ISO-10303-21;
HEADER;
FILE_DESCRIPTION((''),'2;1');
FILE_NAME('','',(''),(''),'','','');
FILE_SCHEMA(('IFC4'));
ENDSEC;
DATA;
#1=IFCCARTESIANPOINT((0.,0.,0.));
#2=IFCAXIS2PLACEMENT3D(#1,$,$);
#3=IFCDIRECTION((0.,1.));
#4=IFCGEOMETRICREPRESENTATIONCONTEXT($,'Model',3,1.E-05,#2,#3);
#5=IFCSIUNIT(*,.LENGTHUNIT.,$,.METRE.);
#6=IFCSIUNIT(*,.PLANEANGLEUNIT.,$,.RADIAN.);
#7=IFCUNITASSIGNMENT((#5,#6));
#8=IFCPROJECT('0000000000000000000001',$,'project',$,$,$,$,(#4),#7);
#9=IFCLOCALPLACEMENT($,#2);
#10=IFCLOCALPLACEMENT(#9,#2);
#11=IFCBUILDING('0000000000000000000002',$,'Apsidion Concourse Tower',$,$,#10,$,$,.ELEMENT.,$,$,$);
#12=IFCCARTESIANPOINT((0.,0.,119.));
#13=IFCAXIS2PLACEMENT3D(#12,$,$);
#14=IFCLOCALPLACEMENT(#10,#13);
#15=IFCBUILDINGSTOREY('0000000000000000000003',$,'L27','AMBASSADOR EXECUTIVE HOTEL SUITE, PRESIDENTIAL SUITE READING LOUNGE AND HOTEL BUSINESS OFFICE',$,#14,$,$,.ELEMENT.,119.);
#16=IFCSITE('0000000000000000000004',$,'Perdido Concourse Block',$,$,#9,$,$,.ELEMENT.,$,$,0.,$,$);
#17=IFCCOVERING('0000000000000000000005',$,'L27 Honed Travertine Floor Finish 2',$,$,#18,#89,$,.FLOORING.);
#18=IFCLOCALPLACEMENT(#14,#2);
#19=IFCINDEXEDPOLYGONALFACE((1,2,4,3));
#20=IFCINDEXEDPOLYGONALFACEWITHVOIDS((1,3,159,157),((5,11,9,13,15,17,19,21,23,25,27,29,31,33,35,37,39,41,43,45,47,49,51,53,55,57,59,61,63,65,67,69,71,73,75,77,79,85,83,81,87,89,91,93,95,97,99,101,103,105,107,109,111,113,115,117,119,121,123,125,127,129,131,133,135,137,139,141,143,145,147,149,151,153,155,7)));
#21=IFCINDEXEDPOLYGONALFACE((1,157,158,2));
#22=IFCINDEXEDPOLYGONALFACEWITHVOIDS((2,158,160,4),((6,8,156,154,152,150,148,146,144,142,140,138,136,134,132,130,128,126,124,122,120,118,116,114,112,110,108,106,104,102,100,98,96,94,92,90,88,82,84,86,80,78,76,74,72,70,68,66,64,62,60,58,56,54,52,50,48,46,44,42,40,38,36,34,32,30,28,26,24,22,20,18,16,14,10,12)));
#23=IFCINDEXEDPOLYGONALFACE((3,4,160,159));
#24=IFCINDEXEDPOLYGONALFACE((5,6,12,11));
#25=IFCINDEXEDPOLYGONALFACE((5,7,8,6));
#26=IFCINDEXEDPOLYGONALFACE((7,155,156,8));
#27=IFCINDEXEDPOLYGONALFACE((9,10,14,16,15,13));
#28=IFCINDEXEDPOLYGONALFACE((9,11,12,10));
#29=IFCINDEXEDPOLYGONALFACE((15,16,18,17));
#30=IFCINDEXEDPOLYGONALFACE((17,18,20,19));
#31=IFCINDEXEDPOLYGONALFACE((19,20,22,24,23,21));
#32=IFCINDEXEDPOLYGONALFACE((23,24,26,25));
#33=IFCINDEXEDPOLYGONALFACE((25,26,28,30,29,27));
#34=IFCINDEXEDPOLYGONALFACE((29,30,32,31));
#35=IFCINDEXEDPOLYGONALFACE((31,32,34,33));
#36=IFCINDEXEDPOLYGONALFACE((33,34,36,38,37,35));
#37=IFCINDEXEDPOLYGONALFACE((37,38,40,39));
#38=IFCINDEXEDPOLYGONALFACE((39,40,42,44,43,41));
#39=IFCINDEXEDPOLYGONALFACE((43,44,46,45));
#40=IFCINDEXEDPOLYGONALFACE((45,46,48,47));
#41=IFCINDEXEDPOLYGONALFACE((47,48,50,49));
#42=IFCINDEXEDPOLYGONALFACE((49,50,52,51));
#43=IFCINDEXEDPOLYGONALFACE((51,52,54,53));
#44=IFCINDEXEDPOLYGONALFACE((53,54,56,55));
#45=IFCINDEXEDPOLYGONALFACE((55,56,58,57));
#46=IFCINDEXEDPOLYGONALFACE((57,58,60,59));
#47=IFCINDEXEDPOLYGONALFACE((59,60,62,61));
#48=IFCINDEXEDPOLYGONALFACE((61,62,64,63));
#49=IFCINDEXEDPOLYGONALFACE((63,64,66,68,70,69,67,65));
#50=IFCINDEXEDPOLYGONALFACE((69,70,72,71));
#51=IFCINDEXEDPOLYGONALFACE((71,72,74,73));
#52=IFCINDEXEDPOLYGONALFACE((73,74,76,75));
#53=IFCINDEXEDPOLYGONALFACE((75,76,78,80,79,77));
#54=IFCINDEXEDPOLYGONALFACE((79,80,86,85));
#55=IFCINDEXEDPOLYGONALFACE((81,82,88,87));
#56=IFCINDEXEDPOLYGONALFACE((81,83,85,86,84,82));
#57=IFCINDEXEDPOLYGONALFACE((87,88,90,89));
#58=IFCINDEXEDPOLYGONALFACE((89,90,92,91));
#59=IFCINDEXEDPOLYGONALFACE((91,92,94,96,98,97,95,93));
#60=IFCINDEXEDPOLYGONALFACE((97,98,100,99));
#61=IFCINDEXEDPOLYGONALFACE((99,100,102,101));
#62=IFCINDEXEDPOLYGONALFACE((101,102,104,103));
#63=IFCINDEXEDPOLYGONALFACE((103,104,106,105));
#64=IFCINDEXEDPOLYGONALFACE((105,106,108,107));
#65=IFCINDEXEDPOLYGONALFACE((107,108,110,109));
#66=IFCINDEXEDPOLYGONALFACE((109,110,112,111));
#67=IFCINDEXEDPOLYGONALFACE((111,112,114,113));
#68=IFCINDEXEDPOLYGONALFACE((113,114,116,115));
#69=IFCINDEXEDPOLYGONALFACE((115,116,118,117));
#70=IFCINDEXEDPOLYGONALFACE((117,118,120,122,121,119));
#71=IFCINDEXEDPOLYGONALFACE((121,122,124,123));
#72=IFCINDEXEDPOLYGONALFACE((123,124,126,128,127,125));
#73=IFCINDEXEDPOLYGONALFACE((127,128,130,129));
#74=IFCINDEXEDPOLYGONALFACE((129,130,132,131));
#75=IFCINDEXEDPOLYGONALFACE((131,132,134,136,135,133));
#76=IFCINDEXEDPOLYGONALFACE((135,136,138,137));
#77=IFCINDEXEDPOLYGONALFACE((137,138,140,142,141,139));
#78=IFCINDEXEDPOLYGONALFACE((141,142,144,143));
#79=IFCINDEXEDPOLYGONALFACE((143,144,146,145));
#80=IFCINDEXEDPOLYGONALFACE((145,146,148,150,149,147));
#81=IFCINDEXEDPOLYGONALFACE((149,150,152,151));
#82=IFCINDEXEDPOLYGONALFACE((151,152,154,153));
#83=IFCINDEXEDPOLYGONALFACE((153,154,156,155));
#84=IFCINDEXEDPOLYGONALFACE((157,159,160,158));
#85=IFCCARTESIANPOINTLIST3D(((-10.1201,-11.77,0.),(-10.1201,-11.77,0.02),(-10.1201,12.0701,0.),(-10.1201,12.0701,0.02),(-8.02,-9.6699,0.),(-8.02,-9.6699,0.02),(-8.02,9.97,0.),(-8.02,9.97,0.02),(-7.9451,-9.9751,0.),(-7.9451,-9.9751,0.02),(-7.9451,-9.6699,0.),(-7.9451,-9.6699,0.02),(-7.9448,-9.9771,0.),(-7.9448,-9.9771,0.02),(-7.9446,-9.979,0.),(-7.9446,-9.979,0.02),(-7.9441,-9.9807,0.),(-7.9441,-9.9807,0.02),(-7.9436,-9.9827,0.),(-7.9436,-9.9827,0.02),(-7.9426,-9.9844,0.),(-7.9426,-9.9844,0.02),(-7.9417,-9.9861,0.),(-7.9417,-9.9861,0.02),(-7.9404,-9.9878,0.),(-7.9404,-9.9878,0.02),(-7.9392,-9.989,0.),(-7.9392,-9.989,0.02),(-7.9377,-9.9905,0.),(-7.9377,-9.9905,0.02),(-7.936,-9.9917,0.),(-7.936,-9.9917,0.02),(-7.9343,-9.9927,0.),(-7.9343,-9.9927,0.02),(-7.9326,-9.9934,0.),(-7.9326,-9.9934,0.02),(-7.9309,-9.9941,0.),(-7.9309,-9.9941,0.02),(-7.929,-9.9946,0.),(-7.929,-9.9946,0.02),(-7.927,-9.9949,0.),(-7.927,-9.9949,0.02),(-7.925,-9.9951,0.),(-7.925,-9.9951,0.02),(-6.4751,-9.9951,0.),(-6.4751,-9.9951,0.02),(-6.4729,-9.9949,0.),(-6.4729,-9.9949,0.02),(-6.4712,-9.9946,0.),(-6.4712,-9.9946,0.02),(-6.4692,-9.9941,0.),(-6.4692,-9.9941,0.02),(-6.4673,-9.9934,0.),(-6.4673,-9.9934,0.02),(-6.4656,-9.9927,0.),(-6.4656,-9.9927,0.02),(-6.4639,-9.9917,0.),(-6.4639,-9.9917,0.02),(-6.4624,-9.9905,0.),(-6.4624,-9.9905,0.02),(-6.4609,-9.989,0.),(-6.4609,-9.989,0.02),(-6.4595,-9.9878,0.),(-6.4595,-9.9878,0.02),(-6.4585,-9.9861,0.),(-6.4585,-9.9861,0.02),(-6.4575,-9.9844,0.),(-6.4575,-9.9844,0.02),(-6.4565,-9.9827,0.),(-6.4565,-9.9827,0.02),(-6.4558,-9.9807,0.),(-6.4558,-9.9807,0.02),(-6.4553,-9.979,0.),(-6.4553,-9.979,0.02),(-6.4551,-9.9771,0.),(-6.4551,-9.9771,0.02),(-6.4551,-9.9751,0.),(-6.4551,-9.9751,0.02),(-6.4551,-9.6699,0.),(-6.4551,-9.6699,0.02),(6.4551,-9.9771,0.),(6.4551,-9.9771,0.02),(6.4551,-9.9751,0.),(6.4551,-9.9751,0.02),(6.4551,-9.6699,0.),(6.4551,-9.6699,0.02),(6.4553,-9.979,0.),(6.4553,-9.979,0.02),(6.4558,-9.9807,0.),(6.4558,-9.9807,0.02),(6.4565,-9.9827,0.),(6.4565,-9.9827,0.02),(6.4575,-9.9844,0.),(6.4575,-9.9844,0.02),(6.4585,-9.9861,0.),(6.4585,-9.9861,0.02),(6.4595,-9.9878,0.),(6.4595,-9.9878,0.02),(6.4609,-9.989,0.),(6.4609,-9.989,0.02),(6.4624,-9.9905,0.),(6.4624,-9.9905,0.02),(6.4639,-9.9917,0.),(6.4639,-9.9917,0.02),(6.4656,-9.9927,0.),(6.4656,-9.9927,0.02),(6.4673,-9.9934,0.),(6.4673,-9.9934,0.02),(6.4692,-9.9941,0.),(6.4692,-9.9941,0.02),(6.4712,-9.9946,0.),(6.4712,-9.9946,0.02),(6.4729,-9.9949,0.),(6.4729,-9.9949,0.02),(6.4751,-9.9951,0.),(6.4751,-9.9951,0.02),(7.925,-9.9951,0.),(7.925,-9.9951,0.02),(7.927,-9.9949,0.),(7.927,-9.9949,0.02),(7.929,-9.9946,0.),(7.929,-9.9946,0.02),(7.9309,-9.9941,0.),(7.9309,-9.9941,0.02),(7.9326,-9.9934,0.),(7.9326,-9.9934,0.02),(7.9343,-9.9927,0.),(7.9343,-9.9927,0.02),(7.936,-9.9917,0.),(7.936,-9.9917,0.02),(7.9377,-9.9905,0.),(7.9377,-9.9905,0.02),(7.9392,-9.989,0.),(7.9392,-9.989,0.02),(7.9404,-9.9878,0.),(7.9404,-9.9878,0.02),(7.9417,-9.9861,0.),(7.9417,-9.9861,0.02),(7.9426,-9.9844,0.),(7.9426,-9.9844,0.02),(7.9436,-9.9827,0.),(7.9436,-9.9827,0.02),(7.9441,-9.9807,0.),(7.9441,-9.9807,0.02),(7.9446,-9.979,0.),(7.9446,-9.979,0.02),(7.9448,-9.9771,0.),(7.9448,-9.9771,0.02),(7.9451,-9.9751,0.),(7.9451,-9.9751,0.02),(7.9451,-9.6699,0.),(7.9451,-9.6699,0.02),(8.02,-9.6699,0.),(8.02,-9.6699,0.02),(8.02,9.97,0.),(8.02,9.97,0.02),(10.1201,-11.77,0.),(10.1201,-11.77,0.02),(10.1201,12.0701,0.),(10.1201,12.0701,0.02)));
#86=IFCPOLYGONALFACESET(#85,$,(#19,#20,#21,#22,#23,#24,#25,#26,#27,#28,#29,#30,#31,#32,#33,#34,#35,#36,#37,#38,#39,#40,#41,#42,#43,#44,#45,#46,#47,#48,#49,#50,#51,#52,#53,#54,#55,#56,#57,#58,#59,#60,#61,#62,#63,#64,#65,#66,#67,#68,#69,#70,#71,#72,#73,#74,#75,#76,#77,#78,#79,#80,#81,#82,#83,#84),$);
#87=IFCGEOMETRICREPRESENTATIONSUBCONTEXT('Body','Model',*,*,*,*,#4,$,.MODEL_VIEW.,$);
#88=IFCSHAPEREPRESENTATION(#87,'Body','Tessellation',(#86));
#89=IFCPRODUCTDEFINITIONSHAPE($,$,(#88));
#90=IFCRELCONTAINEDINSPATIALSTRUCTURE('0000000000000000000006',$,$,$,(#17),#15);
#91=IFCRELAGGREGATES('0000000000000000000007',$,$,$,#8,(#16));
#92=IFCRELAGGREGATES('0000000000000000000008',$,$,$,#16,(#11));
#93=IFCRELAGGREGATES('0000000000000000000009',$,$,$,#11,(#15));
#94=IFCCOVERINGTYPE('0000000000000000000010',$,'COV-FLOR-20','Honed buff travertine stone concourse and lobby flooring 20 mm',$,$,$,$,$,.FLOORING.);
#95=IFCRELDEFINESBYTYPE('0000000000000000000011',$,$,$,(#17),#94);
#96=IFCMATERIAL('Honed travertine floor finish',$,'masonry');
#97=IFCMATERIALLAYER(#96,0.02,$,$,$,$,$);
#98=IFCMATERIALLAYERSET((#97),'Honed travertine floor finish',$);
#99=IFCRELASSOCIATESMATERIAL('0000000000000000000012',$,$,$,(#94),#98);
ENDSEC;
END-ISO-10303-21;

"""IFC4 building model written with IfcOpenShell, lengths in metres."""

from ifc_helpers import new_model, si_unit, direction, frame, origin, place, context, subcontext, project, spatial, polyline, outline, extrude, material, layer, layer_set, type_object, element, save


model = new_model("IFC4")

# Units and contexts
model_context = context("Model", 3, precision=1e-05, world=origin(), true_north=direction((0.0, 1.0)))
body_context = subcontext(model_context, "Body", "Model", "MODEL_VIEW")
ifc_project = project(units=[si_unit("LENGTHUNIT", "METRE"), si_unit("PLANEANGLEUNIT", "RADIAN")], contexts=[model_context])

# Site, building, storey
site_placement = place(None, origin())
site = spatial("IfcSite", under=ifc_project, at=site_placement, Name="Perdido Concourse Block", CompositionType="ELEMENT", RefElevation=0.0)
building_placement = place(site_placement, origin())
building = spatial("IfcBuilding", under=site, at=building_placement, Name="Apsidion Concourse Tower", CompositionType="ELEMENT")
storey_placement = place(building_placement, frame((0.0, 0.0, 119.0)))
storey = spatial("IfcBuildingStorey", under=building, at=storey_placement, Name="L27", Description="AMBASSADOR EXECUTIVE HOTEL SUITE, PRESIDENTIAL SUITE READING LOUNGE AND HOTEL BUSINESS OFFICE", CompositionType="ELEMENT", Elevation=119.0)

# Covering
ifc_material_1 = material(Name="Honed travertine floor finish", Category="masonry")
ifc_layer_1 = layer(ifc_material_1, 0.02)
ifc_layer_set_1 = layer_set([ifc_layer_1], Name="Honed travertine floor finish")
covering_type_1 = type_object("IfcCoveringType", Name="COV-FLOR-20", Description="Honed buff travertine stone concourse and lobby flooring 20 mm", PredefinedType="FLOORING", material=ifc_layer_set_1)
covering_1_placement = place(storey_placement, origin())
element("IfcCovering", 1, at=covering_1_placement, inside=storey, type_object=covering_type_1, Name="L27 Honed Travertine Floor Finish 2", PredefinedType="FLOORING", context=body_context, shape_type="SweptSolid", body=[
    extrude(outline(polyline([(10.1201, 12.0701), (10.1201, -11.77), (-10.1201, -11.77), (-10.1201, 12.0701), (10.1201, 12.0701)]), holes=[polyline([(-8.02, -9.6699), (-7.9451, -9.6699), (-7.9451, -9.9751), (-7.9448, -9.9771), (-7.9446, -9.979), (-7.9441, -9.9807), (-7.9436, -9.9827), (-7.9426, -9.9844), (-7.9417, -9.9861), (-7.9404, -9.9878), (-7.9392, -9.989), (-7.9377, -9.9905), (-7.936, -9.9917), (-7.9343, -9.9927), (-7.9326, -9.9934), (-7.9309, -9.9941), (-7.929, -9.9946), (-7.927, -9.9949), (-7.925, -9.9951), (-6.4751, -9.9951), (-6.4729, -9.9949), (-6.4712, -9.9946), (-6.4692, -9.9941), (-6.4673, -9.9934), (-6.4656, -9.9927), (-6.4639, -9.9917), (-6.4624, -9.9905), (-6.4609, -9.989), (-6.4595, -9.9878), (-6.4585, -9.9861), (-6.4575, -9.9844), (-6.4565, -9.9827), (-6.4558, -9.9807), (-6.4553, -9.979), (-6.4551, -9.9771), (-6.4551, -9.9751), (-6.4551, -9.6699), (6.4551, -9.6699), (6.4551, -9.9751), (6.4551, -9.9771), (6.4553, -9.979), (6.4558, -9.9807), (6.4565, -9.9827), (6.4575, -9.9844), (6.4585, -9.9861), (6.4595, -9.9878), (6.4609, -9.989), (6.4624, -9.9905), (6.4639, -9.9917), (6.4656, -9.9927), (6.4673, -9.9934), (6.4692, -9.9941), (6.4712, -9.9946), (6.4729, -9.9949), (6.4751, -9.9951), (7.925, -9.9951), (7.927, -9.9949), (7.929, -9.9946), (7.9309, -9.9941), (7.9326, -9.9934), (7.9343, -9.9927), (7.936, -9.9917), (7.9377, -9.9905), (7.9392, -9.989), (7.9404, -9.9878), (7.9417, -9.9861), (7.9426, -9.9844), (7.9436, -9.9827), (7.9441, -9.9807), (7.9446, -9.979), (7.9448, -9.9771), (7.9451, -9.9751), (7.9451, -9.6699), (8.02, -9.6699), (8.02, 9.97), (-8.02, 9.97), (-8.02, -9.6699)])]), origin(), (0.0, 0.0, 1.0), 0.02),
])

save(model, "model.ifc")
